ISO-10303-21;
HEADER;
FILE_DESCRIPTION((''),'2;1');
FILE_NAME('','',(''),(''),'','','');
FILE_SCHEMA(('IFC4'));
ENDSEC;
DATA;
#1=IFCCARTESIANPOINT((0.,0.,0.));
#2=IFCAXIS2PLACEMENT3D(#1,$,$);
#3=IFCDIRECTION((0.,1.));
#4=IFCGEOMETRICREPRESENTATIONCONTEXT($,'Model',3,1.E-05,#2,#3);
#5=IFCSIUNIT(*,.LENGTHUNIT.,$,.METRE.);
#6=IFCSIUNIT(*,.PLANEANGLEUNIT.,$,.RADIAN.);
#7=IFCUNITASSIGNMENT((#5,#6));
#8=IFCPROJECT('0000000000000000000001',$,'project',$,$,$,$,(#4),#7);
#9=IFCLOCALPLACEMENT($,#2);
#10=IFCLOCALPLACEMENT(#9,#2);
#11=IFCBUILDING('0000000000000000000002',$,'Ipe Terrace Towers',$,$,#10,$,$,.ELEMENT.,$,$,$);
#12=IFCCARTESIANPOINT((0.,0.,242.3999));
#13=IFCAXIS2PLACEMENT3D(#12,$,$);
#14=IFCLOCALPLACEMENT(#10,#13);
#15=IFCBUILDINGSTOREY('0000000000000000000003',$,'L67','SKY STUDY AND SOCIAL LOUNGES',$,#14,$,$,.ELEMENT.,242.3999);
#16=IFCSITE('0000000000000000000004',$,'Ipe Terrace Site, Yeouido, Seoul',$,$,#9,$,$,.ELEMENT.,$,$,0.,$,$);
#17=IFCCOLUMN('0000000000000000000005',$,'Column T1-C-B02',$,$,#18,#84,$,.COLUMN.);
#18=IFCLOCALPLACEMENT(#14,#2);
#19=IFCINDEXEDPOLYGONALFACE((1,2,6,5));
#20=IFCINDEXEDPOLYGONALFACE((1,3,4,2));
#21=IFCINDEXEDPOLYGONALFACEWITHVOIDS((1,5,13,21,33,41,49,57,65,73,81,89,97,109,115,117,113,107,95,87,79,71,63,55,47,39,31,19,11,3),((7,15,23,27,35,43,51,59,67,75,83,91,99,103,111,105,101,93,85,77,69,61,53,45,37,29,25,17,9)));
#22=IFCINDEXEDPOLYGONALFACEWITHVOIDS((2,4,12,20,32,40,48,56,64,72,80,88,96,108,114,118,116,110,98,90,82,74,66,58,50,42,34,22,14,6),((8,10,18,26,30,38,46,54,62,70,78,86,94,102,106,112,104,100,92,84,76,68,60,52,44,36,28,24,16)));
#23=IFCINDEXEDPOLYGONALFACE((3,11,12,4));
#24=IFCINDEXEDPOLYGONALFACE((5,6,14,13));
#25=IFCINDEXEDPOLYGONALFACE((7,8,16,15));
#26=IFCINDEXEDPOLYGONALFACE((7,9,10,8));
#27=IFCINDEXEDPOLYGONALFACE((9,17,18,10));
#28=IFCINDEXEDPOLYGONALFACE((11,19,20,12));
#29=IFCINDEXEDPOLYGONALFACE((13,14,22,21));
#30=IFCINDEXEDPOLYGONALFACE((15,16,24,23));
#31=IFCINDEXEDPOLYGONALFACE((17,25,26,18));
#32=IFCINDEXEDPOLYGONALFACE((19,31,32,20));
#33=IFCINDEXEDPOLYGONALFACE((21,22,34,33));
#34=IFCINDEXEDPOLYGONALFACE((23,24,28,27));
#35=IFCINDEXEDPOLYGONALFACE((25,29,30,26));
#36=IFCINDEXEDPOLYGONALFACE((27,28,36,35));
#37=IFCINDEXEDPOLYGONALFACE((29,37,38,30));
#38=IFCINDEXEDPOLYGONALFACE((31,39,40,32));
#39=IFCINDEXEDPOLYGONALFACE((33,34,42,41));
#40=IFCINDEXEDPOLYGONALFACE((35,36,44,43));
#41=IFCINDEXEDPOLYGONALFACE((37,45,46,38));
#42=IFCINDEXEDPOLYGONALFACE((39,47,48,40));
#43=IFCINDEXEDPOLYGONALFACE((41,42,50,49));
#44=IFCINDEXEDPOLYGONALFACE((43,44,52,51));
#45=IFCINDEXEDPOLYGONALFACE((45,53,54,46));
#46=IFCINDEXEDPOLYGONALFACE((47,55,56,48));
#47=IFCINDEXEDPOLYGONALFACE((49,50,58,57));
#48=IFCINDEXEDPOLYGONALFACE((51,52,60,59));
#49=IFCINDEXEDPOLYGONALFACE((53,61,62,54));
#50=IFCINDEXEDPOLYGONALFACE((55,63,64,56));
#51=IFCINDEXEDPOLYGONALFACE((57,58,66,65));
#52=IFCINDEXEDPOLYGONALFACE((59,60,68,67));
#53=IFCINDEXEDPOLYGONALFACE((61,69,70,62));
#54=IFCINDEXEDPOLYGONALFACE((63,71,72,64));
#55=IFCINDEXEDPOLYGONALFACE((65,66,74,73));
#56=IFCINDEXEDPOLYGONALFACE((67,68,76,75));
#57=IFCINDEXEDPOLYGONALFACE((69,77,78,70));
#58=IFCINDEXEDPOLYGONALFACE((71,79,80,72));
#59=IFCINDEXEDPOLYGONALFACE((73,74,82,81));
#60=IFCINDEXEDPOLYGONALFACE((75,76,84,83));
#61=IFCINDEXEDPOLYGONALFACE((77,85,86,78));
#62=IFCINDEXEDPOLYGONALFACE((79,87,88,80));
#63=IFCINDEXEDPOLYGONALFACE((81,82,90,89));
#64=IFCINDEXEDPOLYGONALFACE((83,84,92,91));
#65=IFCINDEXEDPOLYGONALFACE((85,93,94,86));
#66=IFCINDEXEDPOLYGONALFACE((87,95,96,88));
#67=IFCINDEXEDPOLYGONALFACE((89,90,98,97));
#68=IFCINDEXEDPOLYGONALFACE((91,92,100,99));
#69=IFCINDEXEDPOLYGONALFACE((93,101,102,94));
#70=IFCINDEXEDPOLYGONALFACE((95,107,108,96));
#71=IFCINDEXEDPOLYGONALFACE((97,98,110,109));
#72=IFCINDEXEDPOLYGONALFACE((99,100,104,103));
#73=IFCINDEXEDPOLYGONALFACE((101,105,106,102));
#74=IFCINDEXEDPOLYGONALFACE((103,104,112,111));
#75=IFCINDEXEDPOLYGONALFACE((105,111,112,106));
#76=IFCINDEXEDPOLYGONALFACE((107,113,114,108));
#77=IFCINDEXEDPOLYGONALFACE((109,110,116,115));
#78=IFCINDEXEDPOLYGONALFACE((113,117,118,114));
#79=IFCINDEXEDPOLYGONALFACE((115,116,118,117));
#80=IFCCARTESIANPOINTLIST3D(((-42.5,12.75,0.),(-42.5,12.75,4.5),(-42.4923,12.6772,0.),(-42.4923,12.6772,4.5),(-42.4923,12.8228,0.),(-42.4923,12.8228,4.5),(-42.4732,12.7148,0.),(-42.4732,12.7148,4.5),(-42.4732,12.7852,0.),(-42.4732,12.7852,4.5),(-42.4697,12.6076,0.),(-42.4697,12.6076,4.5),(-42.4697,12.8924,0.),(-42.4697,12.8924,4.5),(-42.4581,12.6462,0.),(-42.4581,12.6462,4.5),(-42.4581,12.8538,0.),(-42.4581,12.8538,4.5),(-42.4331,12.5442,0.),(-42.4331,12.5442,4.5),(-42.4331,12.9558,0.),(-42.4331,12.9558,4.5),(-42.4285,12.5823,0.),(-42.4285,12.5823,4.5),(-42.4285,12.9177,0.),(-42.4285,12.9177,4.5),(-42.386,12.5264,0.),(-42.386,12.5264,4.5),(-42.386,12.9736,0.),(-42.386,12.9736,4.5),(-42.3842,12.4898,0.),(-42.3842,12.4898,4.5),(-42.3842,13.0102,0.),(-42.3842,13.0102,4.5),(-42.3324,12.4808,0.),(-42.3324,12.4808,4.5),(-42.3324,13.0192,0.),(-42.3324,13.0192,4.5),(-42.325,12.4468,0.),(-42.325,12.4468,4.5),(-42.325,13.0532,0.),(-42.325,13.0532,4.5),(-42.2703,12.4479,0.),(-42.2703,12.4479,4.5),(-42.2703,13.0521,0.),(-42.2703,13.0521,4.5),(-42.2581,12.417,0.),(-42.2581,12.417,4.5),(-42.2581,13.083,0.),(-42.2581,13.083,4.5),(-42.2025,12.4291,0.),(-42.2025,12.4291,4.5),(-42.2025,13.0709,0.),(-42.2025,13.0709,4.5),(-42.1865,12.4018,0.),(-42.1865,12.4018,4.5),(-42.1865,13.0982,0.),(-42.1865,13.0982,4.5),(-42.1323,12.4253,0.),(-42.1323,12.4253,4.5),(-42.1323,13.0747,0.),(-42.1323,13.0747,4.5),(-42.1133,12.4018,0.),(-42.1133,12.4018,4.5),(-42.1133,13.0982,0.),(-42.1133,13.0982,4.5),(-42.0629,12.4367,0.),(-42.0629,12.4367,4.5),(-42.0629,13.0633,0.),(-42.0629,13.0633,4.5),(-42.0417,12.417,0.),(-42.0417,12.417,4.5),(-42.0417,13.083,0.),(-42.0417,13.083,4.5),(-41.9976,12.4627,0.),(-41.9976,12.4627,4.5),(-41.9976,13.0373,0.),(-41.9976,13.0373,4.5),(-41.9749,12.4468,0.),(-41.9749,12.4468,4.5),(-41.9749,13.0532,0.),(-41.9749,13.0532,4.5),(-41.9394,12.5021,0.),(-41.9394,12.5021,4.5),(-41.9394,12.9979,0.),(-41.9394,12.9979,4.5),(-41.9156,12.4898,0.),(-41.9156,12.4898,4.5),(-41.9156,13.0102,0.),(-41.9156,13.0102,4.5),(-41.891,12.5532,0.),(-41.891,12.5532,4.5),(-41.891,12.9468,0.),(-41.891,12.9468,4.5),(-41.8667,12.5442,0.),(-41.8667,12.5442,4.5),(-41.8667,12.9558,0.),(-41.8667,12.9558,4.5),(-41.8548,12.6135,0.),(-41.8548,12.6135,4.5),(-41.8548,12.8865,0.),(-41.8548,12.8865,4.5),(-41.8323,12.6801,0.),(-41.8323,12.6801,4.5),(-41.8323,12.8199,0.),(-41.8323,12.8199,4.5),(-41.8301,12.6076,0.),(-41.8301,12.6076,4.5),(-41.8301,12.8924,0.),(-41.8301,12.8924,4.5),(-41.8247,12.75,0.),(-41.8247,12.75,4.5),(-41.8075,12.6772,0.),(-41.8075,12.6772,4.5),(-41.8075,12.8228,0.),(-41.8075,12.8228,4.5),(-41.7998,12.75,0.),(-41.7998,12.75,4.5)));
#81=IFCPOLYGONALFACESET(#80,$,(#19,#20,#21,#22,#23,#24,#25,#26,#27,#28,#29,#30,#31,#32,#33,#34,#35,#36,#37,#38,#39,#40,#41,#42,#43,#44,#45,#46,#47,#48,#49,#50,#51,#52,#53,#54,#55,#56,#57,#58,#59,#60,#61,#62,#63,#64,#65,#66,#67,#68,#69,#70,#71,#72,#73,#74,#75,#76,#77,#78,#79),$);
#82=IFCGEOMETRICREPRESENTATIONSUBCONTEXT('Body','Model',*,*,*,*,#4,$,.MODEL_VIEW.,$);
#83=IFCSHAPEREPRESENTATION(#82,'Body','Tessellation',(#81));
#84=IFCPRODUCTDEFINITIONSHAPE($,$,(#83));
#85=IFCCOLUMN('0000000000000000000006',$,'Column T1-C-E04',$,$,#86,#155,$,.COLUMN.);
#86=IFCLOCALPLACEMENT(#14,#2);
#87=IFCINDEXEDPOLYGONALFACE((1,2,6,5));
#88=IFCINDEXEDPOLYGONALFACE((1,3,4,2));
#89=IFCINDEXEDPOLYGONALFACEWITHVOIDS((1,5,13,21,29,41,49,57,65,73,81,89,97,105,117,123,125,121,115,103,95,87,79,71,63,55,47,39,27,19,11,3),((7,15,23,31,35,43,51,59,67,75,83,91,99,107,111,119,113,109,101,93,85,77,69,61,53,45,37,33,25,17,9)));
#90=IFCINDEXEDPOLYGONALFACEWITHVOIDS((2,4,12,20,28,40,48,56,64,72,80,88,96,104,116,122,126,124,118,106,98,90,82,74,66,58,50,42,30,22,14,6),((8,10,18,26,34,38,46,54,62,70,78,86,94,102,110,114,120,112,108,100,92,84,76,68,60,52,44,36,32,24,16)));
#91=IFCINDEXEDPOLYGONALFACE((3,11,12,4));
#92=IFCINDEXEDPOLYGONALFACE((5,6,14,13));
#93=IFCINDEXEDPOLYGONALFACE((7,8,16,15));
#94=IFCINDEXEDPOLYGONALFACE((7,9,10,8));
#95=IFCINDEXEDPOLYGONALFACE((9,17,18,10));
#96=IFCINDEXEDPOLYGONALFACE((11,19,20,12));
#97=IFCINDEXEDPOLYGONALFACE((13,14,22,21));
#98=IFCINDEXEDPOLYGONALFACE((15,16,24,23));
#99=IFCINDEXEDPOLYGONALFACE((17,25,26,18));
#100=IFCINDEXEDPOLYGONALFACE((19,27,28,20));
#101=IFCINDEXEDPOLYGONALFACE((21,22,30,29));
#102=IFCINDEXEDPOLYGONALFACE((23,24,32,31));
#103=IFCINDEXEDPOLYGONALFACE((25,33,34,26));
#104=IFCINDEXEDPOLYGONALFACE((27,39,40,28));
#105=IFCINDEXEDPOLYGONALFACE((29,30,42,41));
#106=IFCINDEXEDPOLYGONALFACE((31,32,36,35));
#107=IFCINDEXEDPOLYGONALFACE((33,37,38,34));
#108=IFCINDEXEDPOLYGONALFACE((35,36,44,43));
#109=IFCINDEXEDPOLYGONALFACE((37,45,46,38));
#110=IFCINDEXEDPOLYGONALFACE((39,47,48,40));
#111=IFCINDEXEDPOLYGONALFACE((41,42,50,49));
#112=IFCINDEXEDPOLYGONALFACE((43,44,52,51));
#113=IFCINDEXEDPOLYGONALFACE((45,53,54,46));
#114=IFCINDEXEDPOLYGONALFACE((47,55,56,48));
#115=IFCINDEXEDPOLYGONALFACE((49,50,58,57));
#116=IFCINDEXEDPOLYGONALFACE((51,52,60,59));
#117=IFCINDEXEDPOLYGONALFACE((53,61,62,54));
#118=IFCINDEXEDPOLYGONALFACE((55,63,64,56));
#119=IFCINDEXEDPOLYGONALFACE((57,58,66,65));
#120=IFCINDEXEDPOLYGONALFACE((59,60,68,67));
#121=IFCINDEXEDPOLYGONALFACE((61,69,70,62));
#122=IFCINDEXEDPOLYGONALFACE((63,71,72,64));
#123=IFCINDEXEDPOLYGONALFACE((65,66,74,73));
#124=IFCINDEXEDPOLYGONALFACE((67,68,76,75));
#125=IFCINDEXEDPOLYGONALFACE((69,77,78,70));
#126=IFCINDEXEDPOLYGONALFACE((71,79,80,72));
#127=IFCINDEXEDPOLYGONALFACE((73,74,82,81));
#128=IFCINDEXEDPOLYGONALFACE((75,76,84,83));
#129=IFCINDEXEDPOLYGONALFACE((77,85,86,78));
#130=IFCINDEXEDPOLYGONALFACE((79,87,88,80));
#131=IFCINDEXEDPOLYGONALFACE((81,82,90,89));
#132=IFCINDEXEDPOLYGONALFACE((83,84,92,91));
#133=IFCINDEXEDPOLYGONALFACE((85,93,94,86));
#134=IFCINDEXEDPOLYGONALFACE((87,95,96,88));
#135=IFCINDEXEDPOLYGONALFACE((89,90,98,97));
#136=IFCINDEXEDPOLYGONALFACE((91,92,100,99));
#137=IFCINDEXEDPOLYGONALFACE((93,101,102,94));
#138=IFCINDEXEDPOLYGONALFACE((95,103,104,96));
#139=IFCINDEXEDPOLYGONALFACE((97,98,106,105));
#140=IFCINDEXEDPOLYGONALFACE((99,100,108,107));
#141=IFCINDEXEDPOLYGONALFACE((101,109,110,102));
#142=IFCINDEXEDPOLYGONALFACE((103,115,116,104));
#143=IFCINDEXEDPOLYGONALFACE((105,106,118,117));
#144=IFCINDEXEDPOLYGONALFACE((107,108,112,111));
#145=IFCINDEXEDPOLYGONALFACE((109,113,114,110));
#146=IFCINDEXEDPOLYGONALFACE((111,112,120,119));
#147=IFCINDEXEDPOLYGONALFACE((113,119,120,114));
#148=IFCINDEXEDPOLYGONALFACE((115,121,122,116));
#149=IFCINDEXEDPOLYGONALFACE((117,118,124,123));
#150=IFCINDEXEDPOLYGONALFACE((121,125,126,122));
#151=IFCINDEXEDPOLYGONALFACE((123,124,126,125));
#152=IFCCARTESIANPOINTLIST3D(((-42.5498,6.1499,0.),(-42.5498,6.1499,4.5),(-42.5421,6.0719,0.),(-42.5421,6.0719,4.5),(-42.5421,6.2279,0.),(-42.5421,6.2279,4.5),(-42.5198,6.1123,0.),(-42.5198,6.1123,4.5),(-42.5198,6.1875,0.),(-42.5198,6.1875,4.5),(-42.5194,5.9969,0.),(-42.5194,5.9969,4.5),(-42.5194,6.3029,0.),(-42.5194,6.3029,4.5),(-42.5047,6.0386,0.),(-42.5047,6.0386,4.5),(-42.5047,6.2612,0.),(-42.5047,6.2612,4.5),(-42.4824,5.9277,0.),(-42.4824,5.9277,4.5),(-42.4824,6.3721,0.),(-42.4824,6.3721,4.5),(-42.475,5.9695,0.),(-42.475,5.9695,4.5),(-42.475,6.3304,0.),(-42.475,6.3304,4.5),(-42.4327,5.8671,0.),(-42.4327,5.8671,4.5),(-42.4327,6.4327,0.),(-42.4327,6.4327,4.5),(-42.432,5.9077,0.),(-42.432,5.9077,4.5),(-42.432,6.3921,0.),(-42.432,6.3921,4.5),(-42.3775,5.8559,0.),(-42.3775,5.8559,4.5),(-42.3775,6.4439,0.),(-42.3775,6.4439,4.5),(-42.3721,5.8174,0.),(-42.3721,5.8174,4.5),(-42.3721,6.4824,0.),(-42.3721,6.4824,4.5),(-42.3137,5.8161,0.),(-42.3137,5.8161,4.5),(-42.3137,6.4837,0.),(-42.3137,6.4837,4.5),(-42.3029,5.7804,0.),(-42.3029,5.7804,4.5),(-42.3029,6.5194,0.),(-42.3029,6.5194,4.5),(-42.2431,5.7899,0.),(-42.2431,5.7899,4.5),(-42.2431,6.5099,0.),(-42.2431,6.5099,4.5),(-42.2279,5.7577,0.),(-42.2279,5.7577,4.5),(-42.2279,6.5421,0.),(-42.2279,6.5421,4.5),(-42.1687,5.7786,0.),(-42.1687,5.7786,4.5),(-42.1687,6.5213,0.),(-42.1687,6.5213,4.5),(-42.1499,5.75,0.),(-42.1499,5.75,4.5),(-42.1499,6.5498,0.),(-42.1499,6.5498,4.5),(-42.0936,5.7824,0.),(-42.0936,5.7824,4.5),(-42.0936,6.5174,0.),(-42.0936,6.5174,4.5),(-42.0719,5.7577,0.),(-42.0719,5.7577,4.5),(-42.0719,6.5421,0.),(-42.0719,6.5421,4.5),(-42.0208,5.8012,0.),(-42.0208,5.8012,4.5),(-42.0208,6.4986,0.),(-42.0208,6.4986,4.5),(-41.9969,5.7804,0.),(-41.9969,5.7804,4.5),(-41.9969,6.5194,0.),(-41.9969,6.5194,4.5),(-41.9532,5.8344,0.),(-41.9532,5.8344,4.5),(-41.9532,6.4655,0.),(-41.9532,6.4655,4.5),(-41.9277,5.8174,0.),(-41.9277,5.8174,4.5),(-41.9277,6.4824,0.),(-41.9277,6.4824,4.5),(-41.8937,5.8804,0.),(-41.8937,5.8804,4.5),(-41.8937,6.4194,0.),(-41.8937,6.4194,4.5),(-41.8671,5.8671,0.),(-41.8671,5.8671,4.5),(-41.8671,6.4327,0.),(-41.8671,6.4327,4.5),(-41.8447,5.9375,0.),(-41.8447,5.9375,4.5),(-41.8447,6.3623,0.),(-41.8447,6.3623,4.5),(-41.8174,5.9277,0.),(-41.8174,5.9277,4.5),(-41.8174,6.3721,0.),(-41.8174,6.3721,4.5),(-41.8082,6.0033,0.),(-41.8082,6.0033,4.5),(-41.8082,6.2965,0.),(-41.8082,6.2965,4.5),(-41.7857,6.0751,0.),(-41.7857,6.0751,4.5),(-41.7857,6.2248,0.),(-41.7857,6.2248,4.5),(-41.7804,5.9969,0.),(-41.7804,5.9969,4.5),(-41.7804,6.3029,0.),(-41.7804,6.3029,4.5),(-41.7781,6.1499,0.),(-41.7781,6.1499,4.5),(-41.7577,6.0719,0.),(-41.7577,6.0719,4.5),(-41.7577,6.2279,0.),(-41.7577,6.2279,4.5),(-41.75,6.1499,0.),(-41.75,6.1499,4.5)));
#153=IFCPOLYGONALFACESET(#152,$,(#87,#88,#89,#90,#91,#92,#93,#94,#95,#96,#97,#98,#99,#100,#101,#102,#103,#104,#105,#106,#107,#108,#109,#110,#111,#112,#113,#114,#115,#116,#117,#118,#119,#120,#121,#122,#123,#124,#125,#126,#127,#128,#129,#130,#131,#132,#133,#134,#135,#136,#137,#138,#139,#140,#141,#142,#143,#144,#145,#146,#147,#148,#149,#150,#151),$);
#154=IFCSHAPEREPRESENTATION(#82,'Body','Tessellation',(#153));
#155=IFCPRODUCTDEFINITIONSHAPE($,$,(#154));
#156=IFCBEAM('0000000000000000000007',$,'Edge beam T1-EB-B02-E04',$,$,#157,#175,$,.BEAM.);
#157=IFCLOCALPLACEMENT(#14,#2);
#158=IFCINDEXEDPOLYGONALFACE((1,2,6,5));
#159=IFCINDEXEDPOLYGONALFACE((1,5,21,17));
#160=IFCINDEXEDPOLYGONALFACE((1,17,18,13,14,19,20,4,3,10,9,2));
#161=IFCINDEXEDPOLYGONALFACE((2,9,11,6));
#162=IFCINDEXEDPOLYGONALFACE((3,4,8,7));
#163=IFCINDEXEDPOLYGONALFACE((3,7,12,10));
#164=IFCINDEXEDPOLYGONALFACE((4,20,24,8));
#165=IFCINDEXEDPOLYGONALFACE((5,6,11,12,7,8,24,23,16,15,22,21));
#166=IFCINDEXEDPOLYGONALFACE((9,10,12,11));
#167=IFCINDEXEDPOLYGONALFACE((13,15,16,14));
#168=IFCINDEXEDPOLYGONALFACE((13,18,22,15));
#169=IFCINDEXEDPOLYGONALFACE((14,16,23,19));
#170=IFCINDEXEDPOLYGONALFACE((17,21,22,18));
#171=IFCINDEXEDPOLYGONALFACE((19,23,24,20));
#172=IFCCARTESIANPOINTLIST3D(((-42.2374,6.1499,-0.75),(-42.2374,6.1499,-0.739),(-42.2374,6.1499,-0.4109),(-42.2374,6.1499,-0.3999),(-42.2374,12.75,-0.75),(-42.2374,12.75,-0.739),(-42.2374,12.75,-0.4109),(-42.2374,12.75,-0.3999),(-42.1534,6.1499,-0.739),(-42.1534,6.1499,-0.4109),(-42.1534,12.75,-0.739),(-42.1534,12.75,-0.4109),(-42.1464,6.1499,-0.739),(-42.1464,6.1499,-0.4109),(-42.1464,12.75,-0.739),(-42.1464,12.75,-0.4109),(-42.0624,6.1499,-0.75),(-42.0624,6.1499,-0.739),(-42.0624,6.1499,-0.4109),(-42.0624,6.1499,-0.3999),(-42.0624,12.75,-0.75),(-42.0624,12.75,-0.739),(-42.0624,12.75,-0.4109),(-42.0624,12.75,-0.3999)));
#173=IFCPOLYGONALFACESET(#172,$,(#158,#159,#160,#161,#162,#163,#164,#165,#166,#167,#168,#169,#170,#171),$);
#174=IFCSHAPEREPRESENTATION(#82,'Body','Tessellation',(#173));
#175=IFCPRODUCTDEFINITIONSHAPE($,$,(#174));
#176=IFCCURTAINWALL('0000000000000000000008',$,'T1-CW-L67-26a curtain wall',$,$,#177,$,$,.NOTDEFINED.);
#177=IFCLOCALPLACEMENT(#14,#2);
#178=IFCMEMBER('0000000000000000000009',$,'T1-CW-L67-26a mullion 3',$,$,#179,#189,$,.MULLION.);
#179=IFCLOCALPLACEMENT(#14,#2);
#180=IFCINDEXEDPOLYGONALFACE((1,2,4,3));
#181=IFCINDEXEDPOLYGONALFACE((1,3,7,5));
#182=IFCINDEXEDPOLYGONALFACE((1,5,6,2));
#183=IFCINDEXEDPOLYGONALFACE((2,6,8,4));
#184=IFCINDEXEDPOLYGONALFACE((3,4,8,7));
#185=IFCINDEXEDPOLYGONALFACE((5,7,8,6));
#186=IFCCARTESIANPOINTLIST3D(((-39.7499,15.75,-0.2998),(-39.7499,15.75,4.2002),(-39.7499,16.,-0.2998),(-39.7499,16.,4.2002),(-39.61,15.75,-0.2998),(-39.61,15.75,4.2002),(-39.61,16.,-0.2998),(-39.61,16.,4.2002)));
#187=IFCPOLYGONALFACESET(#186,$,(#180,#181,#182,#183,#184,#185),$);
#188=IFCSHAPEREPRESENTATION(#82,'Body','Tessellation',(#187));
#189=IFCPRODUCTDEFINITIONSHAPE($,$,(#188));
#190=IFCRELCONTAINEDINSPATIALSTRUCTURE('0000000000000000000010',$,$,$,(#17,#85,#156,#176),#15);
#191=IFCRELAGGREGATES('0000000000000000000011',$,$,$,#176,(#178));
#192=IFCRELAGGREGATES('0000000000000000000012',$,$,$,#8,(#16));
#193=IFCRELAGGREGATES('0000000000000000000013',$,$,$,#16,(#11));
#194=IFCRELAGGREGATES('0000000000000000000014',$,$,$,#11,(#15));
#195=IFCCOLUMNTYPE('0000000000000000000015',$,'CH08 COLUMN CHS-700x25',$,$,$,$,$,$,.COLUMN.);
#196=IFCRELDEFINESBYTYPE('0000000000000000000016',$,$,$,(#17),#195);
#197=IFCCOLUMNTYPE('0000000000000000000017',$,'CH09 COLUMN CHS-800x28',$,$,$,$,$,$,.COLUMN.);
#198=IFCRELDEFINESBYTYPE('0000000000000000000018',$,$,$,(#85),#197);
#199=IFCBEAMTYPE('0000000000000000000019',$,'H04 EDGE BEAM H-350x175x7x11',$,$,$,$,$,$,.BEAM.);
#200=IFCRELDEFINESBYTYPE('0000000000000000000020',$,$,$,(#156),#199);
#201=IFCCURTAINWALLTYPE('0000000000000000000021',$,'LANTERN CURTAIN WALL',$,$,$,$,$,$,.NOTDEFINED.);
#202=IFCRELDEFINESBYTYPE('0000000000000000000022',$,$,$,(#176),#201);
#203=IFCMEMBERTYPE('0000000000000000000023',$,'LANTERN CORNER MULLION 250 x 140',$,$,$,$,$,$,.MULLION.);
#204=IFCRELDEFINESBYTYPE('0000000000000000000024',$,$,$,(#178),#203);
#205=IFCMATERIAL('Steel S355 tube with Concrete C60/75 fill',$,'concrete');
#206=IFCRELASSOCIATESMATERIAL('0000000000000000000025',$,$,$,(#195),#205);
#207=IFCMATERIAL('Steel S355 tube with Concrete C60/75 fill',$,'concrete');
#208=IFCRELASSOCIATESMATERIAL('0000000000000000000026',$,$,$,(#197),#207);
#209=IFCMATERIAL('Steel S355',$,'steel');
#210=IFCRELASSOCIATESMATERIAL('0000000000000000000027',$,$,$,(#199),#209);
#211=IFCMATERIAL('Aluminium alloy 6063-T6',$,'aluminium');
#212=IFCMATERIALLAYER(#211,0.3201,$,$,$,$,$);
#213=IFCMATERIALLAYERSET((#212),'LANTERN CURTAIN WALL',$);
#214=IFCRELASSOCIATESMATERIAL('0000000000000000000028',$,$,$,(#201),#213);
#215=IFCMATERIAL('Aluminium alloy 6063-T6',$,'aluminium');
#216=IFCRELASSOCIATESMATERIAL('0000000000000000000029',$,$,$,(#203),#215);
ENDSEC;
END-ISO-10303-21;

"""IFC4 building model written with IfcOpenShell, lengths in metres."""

from ifc_helpers import new_model, si_unit, direction, frame, origin, origin_2d, place, context, subcontext, project, spatial, rectangle, hollow_circle, i_section, extrude, material, layer, layer_set, material_profile, profile_set, type_object, element, aggregate, save


model = new_model("IFC4")

# Units and contexts
model_context = context("Model", 3, precision=1e-05, world=origin(), true_north=direction((0.0, 1.0)))
body_context = subcontext(model_context, "Body", "Model", "MODEL_VIEW")
ifc_project = project(units=[si_unit("LENGTHUNIT", "METRE"), si_unit("PLANEANGLEUNIT", "RADIAN")], contexts=[model_context])

# Site, building, storey
site_placement = place(None, origin())
site = spatial("IfcSite", under=ifc_project, at=site_placement, Name="Ipe Terrace Site, Yeouido, Seoul", CompositionType="ELEMENT", RefElevation=0.0)
building_placement = place(site_placement, origin())
building = spatial("IfcBuilding", under=site, at=building_placement, Name="Ipe Terrace Towers", CompositionType="ELEMENT")
storey_placement = place(building_placement, frame((0.0, 0.0, 242.3999)))
storey = spatial("IfcBuildingStorey", under=building, at=storey_placement, Name="L67", Description="SKY STUDY AND SOCIAL LOUNGES", CompositionType="ELEMENT", Elevation=242.3999)

# Columns
ifc_material_1 = material(Name="Steel S355 tube with Concrete C60/75 fill", Category="concrete")
ifc_material_profile_1 = material_profile(ifc_material_1, hollow_circle(Radius=0.3501, WallThickness=0.0249, at=origin_2d()), Name="CHS-700x25")
ifc_profile_set_1 = profile_set([ifc_material_profile_1], Name="Steel S355 tube with Concrete C60/75 fill")
column_type_1 = type_object("IfcColumnType", Name="CH08 COLUMN CHS-700x25", PredefinedType="COLUMN", material=ifc_profile_set_1)
column_1_placement = place(storey_placement, frame((-42.1499, 12.75, 0.0), z_axis=(0.0, 0.0, 1.0), x_axis=(1.0, 0.0, 0.0)))
element("IfcColumn", 1, at=column_1_placement, inside=storey, type_object=column_type_1, Name="Column T1-C-B02", PredefinedType="COLUMN", context=body_context, shape_type="SweptSolid", body=[
    extrude(hollow_circle(Radius=0.3501, WallThickness=0.0249, at=origin_2d()), origin(), (0.0, 0.0, 1.0), 4.5),
])
ifc_material_2 = material(Name="Steel S355 tube with Concrete C60/75 fill", Category="concrete")
ifc_material_profile_2 = material_profile(ifc_material_2, hollow_circle(Radius=0.3999, WallThickness=0.0281, at=origin_2d()), Name="CHS-800x28")
ifc_profile_set_2 = profile_set([ifc_material_profile_2], Name="Steel S355 tube with Concrete C60/75 fill")
column_type_2 = type_object("IfcColumnType", Name="CH09 COLUMN CHS-800x28", PredefinedType="COLUMN", material=ifc_profile_set_2)
column_2_placement = place(storey_placement, frame((-42.1499, 6.1499, 0.0), z_axis=(0.0, 0.0, 1.0), x_axis=(1.0, 0.0, 0.0)))
element("IfcColumn", 2, at=column_2_placement, inside=storey, type_object=column_type_2, Name="Column T1-C-E04", PredefinedType="COLUMN", context=body_context, shape_type="SweptSolid", body=[
    extrude(hollow_circle(Radius=0.3999, WallThickness=0.0281, at=origin_2d()), origin(), (0.0, 0.0, 1.0), 4.5),
])

# Beam
ifc_material_3 = material(Name="Steel S355", Category="steel")
ifc_material_profile_3 = material_profile(ifc_material_3, i_section(OverallWidth=0.175, OverallDepth=0.3501, WebThickness=0.0071, FlangeThickness=0.011, at=origin_2d()), Name="H-350x175x7x11")
ifc_profile_set_3 = profile_set([ifc_material_profile_3], Name="Steel S355")
beam_type = type_object("IfcBeamType", Name="H04 EDGE BEAM H-350x175x7x11", PredefinedType="BEAM", material=ifc_profile_set_3)
beam_placement = place(storey_placement, frame((-42.1499, 12.75, -0.575), z_axis=(0.0, -1.0, 0.0), x_axis=(1.0, 0.0, 0.0)))
element("IfcBeam", 3, at=beam_placement, inside=storey, type_object=beam_type, Name="Edge beam T1-EB-B02-E04", PredefinedType="BEAM", context=body_context, shape_type="SweptSolid", body=[
    extrude(i_section(OverallWidth=0.175, OverallDepth=0.3501, WebThickness=0.0071, FlangeThickness=0.011, at=origin_2d()), origin(), (0.0, 0.0, 1.0), 6.6001),
])

# Curtain wall, member
ifc_material_4 = material(Name="Aluminium alloy 6063-T6", Category="aluminium")
ifc_layer_1 = layer(ifc_material_4, 0.3201)
ifc_layer_set_1 = layer_set([ifc_layer_1], Name="LANTERN CURTAIN WALL")
curtain_wall_type = type_object("IfcCurtainWallType", Name="LANTERN CURTAIN WALL", PredefinedType="NOTDEFINED", material=ifc_layer_set_1)
curtain_wall_placement = place(storey_placement, origin())
curtain_wall = element("IfcCurtainWall", 4, at=curtain_wall_placement, inside=storey, type_object=curtain_wall_type, Name="T1-CW-L67-26a curtain wall", PredefinedType="NOTDEFINED")
ifc_material_5 = material(Name="Aluminium alloy 6063-T6", Category="aluminium")
ifc_material_profile_4 = material_profile(ifc_material_5, rectangle(XDim=0.25, YDim=0.1399, at=origin_2d()), Name="LANTERN CORNER MULLION 250 x 140")
ifc_profile_set_4 = profile_set([ifc_material_profile_4], Name="Aluminium alloy 6063-T6")
member_type_1 = type_object("IfcMemberType", Name="LANTERN CORNER MULLION 250 x 140", PredefinedType="MULLION", material=ifc_profile_set_4)
member_1_placement = place(storey_placement, frame((-39.6799, 15.875, -0.2998), z_axis=(0.0, 0.0, 1.0), x_axis=(0.0, 1.0, 0.0)))
member_1 = element("IfcMember", 5, at=member_1_placement, type_object=member_type_1, Name="T1-CW-L67-26a mullion 3", PredefinedType="MULLION", context=body_context, shape_type="SweptSolid", body=[
    extrude(rectangle(XDim=0.25, YDim=0.1399, at=origin_2d()), origin(), (0.0, 0.0, 1.0), 4.5),
])
aggregate(curtain_wall, [member_1])

save(model, "model.ifc")
